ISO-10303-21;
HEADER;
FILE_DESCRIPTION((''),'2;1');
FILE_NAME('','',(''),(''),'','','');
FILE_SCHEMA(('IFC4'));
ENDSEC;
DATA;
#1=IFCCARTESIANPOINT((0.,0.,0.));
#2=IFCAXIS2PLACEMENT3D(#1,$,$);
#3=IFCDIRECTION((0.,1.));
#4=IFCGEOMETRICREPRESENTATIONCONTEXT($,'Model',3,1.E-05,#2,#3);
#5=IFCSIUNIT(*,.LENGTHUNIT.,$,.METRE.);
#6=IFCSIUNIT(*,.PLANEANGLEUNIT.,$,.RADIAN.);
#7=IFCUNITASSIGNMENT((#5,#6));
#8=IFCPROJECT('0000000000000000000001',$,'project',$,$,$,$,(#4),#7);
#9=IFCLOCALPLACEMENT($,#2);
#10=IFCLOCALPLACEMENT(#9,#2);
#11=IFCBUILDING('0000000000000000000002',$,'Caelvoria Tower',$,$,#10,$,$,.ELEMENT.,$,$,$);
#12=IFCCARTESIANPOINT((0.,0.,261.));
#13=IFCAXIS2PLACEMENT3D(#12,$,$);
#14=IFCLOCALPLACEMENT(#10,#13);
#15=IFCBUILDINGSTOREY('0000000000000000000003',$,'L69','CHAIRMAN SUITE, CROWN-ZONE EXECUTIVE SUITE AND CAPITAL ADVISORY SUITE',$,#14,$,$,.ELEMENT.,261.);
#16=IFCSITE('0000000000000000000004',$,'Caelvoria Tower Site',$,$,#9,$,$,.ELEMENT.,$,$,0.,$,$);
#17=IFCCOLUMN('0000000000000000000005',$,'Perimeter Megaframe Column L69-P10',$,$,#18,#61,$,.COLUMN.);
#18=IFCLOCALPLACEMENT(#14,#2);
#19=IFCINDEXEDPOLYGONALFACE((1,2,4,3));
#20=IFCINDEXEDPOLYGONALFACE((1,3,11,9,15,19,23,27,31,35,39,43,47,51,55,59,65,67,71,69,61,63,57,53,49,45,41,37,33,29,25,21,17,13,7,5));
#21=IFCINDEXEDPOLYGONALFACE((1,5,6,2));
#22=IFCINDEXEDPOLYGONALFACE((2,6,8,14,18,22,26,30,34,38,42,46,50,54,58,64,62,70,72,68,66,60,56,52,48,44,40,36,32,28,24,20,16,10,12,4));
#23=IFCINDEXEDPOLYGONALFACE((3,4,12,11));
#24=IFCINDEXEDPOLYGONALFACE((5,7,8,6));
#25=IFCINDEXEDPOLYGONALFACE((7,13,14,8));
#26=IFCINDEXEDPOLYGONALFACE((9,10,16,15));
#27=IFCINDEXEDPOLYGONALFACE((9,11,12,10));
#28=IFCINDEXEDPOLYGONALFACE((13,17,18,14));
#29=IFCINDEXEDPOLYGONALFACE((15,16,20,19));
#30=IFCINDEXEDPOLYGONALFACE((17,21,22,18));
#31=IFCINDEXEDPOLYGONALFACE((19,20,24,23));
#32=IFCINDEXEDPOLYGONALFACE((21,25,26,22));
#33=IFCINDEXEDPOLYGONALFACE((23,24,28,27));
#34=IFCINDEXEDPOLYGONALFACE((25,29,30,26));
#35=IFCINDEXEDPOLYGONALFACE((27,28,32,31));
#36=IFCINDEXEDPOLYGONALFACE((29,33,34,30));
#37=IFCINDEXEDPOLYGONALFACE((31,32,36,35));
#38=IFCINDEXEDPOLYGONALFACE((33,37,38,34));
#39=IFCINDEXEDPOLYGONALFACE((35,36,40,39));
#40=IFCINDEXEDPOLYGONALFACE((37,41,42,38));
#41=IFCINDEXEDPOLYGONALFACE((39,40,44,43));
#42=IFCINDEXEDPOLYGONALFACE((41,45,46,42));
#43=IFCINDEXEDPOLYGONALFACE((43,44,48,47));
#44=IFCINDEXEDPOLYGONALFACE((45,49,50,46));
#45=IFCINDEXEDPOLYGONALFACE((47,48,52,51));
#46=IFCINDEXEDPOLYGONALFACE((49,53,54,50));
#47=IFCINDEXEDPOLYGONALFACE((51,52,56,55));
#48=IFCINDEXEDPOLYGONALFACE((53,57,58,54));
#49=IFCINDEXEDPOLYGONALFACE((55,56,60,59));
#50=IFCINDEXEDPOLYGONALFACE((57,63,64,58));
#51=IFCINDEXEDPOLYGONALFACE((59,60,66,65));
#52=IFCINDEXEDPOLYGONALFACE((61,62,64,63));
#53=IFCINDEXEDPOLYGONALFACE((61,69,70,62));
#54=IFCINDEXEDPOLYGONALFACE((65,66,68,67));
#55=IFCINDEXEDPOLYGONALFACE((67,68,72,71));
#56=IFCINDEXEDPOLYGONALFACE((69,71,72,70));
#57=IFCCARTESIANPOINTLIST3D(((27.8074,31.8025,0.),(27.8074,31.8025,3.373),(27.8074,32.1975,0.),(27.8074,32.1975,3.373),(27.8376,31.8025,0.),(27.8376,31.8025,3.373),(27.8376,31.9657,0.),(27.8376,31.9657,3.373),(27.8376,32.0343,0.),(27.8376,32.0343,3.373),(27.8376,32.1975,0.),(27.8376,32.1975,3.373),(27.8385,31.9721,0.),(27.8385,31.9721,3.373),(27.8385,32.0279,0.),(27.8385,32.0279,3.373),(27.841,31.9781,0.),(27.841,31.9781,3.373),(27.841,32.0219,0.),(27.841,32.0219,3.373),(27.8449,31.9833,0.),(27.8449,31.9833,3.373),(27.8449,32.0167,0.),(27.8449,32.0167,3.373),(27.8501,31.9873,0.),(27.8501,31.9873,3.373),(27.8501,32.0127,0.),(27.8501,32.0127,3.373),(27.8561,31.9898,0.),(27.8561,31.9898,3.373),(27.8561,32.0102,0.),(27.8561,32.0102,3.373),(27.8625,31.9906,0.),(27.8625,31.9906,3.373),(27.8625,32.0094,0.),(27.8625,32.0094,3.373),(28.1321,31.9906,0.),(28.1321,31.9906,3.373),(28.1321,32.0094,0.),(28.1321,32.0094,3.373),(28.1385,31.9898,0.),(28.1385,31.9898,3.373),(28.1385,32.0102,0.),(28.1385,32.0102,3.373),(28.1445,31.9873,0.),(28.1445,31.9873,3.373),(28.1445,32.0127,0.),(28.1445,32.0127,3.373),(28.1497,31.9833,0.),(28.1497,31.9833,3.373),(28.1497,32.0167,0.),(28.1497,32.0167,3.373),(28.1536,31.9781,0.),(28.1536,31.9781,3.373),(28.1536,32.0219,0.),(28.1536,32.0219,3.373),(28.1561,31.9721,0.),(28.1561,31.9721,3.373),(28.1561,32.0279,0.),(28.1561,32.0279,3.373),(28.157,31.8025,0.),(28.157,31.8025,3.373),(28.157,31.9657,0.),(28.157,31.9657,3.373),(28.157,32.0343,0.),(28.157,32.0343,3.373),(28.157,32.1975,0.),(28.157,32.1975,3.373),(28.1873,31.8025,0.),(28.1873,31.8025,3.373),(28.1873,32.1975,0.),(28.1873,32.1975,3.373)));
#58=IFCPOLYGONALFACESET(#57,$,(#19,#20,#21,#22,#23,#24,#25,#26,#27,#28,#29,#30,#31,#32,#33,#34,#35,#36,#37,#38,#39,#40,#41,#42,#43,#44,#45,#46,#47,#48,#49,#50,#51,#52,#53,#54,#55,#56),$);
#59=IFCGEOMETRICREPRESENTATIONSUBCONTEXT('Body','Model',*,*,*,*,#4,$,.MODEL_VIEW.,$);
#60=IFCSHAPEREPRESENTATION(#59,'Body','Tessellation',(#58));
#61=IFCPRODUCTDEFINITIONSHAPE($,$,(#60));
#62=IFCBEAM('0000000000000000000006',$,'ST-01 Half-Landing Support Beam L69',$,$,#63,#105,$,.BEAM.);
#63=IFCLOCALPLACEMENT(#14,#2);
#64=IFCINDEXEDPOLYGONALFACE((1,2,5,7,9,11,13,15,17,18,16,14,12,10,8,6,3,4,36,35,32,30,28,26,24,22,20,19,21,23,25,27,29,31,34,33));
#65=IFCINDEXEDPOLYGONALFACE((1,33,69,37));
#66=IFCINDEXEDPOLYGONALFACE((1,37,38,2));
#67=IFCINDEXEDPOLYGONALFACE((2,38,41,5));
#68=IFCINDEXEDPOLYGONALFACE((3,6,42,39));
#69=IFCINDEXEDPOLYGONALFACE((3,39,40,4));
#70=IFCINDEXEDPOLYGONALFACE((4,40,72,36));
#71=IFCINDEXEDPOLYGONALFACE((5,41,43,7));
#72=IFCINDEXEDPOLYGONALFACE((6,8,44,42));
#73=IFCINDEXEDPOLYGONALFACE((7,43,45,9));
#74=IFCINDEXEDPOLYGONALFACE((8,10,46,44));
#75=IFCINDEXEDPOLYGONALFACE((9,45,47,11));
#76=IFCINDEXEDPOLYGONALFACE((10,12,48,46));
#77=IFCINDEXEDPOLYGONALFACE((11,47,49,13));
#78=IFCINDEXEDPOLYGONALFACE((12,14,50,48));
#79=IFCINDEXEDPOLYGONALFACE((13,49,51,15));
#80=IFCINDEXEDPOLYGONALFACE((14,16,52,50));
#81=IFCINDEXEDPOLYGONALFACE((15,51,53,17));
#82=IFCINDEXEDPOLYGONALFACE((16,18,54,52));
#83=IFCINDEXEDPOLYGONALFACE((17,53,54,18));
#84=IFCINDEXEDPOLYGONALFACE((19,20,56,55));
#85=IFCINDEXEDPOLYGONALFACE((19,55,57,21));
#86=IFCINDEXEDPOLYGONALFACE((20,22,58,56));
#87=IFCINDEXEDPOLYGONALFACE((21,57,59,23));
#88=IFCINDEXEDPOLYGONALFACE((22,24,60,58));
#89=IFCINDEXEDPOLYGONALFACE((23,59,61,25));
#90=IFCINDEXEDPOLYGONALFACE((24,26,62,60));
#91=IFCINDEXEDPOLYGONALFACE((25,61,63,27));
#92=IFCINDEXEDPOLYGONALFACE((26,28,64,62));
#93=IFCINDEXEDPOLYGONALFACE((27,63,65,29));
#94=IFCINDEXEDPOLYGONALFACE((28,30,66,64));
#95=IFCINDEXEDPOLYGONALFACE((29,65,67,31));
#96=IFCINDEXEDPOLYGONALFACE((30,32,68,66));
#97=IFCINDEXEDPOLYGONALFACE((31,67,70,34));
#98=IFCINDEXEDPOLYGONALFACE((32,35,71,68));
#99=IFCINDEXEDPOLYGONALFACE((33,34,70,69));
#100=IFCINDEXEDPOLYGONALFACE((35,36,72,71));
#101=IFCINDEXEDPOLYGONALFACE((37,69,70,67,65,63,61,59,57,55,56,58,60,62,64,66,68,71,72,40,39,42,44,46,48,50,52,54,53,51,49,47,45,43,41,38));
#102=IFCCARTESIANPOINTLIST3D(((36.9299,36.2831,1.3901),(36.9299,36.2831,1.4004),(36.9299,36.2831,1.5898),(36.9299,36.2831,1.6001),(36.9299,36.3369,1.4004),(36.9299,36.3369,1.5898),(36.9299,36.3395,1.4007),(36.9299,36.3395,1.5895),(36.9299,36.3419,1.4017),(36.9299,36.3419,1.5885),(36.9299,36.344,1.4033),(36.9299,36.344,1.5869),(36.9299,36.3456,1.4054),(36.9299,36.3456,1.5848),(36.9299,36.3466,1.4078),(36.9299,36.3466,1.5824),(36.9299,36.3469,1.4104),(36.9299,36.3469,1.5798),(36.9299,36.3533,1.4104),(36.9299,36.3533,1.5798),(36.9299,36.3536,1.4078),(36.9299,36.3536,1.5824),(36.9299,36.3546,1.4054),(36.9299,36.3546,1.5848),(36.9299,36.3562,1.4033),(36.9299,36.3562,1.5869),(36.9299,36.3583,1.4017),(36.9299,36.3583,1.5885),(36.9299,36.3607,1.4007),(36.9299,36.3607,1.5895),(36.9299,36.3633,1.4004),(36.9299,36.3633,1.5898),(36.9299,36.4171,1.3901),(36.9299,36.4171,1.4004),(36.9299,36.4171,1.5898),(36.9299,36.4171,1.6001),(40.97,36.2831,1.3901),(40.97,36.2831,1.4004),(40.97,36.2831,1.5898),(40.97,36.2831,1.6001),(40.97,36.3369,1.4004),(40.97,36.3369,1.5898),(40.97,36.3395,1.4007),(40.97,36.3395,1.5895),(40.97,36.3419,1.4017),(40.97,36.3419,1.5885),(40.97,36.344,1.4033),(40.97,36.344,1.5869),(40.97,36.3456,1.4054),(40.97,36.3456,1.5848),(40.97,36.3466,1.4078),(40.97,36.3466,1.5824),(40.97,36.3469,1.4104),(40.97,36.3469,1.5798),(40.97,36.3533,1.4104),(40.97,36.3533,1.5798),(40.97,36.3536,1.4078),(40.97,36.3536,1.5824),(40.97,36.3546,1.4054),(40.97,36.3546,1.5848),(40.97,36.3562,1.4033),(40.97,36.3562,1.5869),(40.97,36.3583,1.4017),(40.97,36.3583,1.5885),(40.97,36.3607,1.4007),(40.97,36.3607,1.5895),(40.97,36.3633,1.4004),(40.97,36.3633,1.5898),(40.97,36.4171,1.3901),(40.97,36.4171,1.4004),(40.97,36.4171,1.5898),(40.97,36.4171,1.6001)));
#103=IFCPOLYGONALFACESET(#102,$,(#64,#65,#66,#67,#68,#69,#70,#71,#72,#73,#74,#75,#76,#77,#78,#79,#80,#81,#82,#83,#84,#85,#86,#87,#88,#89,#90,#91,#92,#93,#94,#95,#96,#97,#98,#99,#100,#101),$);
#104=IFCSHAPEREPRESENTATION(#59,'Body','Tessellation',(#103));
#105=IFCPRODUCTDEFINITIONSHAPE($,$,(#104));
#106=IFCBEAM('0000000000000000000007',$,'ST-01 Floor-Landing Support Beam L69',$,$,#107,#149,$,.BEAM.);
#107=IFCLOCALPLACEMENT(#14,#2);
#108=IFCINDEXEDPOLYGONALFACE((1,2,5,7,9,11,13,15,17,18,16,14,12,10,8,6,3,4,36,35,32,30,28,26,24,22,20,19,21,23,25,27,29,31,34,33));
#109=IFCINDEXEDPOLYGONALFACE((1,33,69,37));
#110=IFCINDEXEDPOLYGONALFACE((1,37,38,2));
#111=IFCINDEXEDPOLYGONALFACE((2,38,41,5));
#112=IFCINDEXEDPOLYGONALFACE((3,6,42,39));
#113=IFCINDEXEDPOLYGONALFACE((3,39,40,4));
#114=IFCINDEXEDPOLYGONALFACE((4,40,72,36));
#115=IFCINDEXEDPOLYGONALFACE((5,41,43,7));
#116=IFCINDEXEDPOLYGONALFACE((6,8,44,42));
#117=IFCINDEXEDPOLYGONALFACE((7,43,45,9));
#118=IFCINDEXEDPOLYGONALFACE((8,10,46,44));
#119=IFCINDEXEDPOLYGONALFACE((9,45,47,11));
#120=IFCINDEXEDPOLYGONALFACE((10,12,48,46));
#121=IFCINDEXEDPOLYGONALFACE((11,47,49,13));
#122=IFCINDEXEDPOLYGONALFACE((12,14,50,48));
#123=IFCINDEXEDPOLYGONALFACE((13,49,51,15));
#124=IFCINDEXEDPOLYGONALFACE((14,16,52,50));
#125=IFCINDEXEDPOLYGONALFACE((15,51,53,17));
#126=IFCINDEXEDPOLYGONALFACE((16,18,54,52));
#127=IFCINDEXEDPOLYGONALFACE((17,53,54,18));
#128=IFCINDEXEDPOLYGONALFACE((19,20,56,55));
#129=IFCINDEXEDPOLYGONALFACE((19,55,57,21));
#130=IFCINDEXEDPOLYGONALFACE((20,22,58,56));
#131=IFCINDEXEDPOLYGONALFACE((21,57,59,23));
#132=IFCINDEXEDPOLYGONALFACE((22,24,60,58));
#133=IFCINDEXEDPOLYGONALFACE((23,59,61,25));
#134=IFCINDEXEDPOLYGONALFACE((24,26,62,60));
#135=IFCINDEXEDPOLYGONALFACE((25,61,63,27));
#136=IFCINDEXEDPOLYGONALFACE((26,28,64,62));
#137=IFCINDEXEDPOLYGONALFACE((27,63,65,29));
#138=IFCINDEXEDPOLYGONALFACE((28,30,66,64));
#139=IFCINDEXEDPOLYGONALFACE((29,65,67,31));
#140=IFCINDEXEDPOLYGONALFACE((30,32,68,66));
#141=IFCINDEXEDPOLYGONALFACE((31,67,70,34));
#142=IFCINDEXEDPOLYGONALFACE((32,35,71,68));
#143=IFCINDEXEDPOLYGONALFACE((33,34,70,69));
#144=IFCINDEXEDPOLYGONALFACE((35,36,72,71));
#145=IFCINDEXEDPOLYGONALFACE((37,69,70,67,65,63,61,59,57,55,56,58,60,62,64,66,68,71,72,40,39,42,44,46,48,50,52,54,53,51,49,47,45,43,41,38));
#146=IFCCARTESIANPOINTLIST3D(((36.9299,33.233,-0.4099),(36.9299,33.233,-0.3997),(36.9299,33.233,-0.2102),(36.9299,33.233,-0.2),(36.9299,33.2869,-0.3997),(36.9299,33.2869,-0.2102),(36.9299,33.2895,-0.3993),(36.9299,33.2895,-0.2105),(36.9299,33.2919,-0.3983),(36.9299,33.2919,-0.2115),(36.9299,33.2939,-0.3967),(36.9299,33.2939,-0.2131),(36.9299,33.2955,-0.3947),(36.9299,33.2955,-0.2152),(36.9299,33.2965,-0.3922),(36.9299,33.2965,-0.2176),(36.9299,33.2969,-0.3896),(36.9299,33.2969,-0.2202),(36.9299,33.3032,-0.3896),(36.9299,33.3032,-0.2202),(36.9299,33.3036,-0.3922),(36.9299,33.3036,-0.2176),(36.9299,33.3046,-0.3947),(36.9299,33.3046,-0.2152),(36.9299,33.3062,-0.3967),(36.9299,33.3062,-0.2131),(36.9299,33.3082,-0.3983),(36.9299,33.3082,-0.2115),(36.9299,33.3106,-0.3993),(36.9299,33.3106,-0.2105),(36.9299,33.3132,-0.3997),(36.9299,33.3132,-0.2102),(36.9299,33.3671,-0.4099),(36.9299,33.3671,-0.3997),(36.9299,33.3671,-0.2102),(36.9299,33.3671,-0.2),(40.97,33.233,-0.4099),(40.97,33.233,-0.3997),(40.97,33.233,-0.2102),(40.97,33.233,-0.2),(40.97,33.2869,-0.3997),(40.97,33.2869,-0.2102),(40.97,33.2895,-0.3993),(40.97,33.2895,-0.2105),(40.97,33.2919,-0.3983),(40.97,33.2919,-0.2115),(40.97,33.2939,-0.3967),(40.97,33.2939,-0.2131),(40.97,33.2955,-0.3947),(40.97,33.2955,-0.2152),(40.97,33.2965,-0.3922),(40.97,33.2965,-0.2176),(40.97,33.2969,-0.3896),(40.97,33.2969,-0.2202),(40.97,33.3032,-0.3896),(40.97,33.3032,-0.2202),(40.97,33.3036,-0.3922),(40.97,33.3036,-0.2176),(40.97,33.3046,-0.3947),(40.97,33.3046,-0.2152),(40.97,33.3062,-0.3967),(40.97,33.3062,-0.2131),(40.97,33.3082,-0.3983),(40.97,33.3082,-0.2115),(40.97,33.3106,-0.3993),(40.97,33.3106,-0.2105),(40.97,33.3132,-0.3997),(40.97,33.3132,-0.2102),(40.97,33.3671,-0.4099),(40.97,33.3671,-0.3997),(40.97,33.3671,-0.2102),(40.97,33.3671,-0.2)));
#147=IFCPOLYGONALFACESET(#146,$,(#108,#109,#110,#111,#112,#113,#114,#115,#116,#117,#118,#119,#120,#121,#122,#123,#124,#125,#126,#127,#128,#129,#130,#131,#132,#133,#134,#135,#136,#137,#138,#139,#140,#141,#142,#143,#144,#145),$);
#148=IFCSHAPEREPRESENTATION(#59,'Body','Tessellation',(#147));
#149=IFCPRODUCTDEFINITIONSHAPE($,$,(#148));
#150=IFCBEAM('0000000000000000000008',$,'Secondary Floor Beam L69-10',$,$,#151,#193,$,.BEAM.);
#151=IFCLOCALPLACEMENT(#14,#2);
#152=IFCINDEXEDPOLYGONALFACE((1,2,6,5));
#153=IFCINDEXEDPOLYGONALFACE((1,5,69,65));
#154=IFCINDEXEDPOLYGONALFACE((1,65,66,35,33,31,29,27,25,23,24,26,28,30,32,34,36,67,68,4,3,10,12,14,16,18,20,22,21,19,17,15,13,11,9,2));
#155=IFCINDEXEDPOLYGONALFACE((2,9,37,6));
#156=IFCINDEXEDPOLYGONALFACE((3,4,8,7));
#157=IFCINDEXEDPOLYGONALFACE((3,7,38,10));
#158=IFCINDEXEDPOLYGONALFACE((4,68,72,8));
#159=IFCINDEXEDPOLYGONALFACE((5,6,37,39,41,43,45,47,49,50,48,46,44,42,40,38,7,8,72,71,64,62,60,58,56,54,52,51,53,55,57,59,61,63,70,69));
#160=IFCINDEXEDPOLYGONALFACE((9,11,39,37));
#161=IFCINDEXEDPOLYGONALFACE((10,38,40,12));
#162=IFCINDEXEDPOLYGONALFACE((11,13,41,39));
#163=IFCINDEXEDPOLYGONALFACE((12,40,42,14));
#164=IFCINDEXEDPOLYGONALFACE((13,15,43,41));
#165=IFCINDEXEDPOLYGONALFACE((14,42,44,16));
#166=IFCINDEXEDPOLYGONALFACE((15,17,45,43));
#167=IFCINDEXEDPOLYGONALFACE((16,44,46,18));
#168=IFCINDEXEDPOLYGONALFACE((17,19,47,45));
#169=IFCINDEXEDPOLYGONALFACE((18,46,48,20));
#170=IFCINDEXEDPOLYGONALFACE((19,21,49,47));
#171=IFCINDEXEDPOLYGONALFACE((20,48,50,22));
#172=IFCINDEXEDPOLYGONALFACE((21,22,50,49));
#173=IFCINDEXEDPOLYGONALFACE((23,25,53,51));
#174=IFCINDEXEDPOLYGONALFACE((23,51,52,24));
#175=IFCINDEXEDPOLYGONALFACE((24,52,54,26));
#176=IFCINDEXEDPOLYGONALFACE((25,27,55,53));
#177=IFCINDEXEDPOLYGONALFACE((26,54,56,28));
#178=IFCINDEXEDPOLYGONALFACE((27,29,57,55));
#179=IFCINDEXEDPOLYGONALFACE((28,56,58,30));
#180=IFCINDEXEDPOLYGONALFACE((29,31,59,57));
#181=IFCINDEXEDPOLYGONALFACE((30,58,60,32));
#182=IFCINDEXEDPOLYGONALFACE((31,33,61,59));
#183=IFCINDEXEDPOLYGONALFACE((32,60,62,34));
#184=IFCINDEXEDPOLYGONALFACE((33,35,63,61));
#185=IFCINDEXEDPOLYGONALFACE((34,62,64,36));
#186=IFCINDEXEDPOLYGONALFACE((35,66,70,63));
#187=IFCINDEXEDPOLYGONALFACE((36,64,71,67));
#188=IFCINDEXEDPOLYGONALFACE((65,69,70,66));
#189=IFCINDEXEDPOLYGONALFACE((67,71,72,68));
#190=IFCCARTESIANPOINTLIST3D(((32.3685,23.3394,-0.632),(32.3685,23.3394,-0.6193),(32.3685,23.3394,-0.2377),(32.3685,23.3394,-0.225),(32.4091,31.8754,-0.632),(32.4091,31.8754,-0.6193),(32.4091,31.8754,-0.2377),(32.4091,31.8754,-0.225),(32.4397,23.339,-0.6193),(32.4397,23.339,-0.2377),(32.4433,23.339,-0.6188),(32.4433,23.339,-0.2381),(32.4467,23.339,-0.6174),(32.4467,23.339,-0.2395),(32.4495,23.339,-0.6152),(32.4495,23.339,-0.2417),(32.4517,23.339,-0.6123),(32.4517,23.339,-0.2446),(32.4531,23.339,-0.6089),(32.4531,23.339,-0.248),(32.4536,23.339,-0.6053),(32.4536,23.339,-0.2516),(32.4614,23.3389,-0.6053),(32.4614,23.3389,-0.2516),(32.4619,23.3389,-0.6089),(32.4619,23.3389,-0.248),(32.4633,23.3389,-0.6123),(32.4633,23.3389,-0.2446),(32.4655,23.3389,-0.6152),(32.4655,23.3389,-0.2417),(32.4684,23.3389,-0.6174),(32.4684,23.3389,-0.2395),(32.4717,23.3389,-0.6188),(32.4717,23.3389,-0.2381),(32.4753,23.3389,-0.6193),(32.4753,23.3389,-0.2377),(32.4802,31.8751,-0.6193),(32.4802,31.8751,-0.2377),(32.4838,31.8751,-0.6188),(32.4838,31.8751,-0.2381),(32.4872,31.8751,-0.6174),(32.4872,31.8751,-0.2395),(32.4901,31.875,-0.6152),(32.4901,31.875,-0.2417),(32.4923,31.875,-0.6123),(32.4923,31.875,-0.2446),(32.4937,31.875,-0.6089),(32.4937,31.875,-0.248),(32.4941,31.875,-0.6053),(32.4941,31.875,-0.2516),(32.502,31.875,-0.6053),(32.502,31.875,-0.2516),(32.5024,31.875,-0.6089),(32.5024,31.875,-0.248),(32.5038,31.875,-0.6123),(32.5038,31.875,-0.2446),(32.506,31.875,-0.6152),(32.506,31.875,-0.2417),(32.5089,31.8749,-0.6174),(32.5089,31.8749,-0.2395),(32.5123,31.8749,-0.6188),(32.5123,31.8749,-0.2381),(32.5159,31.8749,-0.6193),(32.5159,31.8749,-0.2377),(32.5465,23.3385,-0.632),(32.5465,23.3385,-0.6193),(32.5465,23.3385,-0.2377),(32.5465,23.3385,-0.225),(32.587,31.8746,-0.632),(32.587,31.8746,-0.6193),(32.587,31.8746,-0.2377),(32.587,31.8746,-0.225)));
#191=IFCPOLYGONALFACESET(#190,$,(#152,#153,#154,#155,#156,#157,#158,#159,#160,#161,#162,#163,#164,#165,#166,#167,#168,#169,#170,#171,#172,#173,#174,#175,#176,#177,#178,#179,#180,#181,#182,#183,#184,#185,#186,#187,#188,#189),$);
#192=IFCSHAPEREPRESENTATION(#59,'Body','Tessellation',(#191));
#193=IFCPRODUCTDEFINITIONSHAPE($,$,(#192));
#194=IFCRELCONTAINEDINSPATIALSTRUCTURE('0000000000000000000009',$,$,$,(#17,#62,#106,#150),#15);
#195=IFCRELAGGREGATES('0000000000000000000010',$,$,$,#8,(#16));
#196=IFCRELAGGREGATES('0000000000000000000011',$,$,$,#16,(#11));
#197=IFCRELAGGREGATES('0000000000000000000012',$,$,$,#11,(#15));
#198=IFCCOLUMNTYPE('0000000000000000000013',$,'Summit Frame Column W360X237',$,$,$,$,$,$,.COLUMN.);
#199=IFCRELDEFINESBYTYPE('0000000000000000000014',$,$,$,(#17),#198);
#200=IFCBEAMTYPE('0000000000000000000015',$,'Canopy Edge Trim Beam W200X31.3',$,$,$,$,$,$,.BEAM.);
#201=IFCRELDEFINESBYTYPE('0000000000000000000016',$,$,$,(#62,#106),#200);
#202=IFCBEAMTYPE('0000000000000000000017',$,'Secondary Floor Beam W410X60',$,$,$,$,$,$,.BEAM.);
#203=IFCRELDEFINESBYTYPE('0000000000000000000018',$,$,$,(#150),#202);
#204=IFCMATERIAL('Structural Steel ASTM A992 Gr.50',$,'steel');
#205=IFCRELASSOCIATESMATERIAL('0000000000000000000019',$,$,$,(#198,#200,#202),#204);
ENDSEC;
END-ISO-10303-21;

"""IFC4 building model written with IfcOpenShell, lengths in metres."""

from ifc_helpers import new_model, si_unit, direction, frame, origin, origin_2d, place, context, subcontext, project, spatial, i_section, extrude, material, material_profile, profile_set, type_object, element, save


model = new_model("IFC4")

# Units and contexts
model_context = context("Model", 3, precision=1e-05, world=origin(), true_north=direction((0.0, 1.0)))
body_context = subcontext(model_context, "Body", "Model", "MODEL_VIEW")
ifc_project = project(units=[si_unit("LENGTHUNIT", "METRE"), si_unit("PLANEANGLEUNIT", "RADIAN")], contexts=[model_context])

# Site, building, storey
site_placement = place(None, origin())
site = spatial("IfcSite", under=ifc_project, at=site_placement, Name="Caelvoria Tower Site", CompositionType="ELEMENT", RefElevation=0.0)
building_placement = place(site_placement, origin())
building = spatial("IfcBuilding", under=site, at=building_placement, Name="Caelvoria Tower", CompositionType="ELEMENT")
storey_placement = place(building_placement, frame((0.0, 0.0, 261.0)))
storey = spatial("IfcBuildingStorey", under=building, at=storey_placement, Name="L69", Description="CHAIRMAN SUITE, CROWN-ZONE EXECUTIVE SUITE AND CAPITAL ADVISORY SUITE", CompositionType="ELEMENT", Elevation=261.0)

# Column
ifc_material_1 = material(Name="Structural Steel ASTM A992 Gr.50", Category="steel")
ifc_material_profile_1 = material_profile(ifc_material_1, i_section(OverallWidth=0.395, OverallDepth=0.3799, WebThickness=0.0188, FlangeThickness=0.0303, FilletRadius=0.0249, at=origin_2d()), Name="Structural Steel ASTM A992 Gr.50")
ifc_profile_set_1 = profile_set([ifc_material_profile_1], Name="W360X237 - Structural Steel ASTM A992 Gr.50")
column_type = type_object("IfcColumnType", Name="Summit Frame Column W360X237", PredefinedType="COLUMN", material=ifc_profile_set_1)
column_placement = place(storey_placement, frame((27.9973, 32.0, 0.0), z_axis=(0.0, 0.0, 1.0), x_axis=(0.0, 1.0, 0.0)))
element("IfcColumn", 1, at=column_placement, inside=storey, type_object=column_type, Name="Perimeter Megaframe Column L69-P10", PredefinedType="COLUMN", context=body_context, shape_type="SweptSolid", body=[
    extrude(i_section(OverallWidth=0.395, OverallDepth=0.3799, WebThickness=0.0188, FlangeThickness=0.0303, FilletRadius=0.0249, at=origin_2d()), origin(), (0.0, 0.0, 1.0), 3.373),
])

# Beams
ifc_material_profile_2 = material_profile(ifc_material_1, i_section(OverallWidth=0.134, OverallDepth=0.21, WebThickness=0.0063, FlangeThickness=0.0103, FilletRadius=0.01, at=origin_2d()), Name="Structural Steel ASTM A992 Gr.50")
ifc_profile_set_2 = profile_set([ifc_material_profile_2], Name="W200X31.3 - Structural Steel ASTM A992 Gr.50")
beam_type_1 = type_object("IfcBeamType", Name="Canopy Edge Trim Beam W200X31.3", PredefinedType="BEAM", material=ifc_profile_set_2)
for number, where, z_axis, x_axis, name in (
    (2, (36.9299, 36.3501, 1.4951), (1.0, 0.0, 0.0), (0.0, 1.0, 0.0), "ST-01 Half-Landing Support Beam L69"),
    (3, (36.9299, 33.3, -0.3049), (1.0, 0.0, 0.0), (0.0, 1.0, 0.0), "ST-01 Floor-Landing Support Beam L69"),
):
    element("IfcBeam", number, at=place(storey_placement, frame(where, z_axis=z_axis, x_axis=x_axis)), inside=storey, type_object=beam_type_1, Name=name, PredefinedType="BEAM", context=body_context, shape_type="SweptSolid", body=[
        extrude(i_section(OverallWidth=0.134, OverallDepth=0.21, WebThickness=0.0063, FlangeThickness=0.0103, FilletRadius=0.01, at=origin_2d()), origin(), (0.0, 0.0, 1.0), 4.04),
    ])
ifc_material_profile_3 = material_profile(ifc_material_1, i_section(OverallWidth=0.178, OverallDepth=0.407, WebThickness=0.0078, FlangeThickness=0.0127, FilletRadius=0.0139, at=origin_2d()), Name="Structural Steel ASTM A992 Gr.50")
ifc_profile_set_3 = profile_set([ifc_material_profile_3], Name="W410X60 - Structural Steel ASTM A992 Gr.50")
beam_type_2 = type_object("IfcBeamType", Name="Secondary Floor Beam W410X60", PredefinedType="BEAM", material=ifc_profile_set_3)
beam_1_placement = place(storey_placement, frame((32.498, 31.875, -0.4285), z_axis=(-0.004748, -0.999989, 0.0), x_axis=(0.999989, -0.004748, 0.0)))
element("IfcBeam", 4, at=beam_1_placement, inside=storey, type_object=beam_type_2, Name="Secondary Floor Beam L69-10", PredefinedType="BEAM", context=body_context, shape_type="SweptSolid", body=[
    extrude(i_section(OverallWidth=0.178, OverallDepth=0.407, WebThickness=0.0078, FlangeThickness=0.0127, FilletRadius=0.0139, at=origin_2d()), origin(), (0.0, 0.0, 1.0), 8.5361),
])

save(model, "model.ifc")
